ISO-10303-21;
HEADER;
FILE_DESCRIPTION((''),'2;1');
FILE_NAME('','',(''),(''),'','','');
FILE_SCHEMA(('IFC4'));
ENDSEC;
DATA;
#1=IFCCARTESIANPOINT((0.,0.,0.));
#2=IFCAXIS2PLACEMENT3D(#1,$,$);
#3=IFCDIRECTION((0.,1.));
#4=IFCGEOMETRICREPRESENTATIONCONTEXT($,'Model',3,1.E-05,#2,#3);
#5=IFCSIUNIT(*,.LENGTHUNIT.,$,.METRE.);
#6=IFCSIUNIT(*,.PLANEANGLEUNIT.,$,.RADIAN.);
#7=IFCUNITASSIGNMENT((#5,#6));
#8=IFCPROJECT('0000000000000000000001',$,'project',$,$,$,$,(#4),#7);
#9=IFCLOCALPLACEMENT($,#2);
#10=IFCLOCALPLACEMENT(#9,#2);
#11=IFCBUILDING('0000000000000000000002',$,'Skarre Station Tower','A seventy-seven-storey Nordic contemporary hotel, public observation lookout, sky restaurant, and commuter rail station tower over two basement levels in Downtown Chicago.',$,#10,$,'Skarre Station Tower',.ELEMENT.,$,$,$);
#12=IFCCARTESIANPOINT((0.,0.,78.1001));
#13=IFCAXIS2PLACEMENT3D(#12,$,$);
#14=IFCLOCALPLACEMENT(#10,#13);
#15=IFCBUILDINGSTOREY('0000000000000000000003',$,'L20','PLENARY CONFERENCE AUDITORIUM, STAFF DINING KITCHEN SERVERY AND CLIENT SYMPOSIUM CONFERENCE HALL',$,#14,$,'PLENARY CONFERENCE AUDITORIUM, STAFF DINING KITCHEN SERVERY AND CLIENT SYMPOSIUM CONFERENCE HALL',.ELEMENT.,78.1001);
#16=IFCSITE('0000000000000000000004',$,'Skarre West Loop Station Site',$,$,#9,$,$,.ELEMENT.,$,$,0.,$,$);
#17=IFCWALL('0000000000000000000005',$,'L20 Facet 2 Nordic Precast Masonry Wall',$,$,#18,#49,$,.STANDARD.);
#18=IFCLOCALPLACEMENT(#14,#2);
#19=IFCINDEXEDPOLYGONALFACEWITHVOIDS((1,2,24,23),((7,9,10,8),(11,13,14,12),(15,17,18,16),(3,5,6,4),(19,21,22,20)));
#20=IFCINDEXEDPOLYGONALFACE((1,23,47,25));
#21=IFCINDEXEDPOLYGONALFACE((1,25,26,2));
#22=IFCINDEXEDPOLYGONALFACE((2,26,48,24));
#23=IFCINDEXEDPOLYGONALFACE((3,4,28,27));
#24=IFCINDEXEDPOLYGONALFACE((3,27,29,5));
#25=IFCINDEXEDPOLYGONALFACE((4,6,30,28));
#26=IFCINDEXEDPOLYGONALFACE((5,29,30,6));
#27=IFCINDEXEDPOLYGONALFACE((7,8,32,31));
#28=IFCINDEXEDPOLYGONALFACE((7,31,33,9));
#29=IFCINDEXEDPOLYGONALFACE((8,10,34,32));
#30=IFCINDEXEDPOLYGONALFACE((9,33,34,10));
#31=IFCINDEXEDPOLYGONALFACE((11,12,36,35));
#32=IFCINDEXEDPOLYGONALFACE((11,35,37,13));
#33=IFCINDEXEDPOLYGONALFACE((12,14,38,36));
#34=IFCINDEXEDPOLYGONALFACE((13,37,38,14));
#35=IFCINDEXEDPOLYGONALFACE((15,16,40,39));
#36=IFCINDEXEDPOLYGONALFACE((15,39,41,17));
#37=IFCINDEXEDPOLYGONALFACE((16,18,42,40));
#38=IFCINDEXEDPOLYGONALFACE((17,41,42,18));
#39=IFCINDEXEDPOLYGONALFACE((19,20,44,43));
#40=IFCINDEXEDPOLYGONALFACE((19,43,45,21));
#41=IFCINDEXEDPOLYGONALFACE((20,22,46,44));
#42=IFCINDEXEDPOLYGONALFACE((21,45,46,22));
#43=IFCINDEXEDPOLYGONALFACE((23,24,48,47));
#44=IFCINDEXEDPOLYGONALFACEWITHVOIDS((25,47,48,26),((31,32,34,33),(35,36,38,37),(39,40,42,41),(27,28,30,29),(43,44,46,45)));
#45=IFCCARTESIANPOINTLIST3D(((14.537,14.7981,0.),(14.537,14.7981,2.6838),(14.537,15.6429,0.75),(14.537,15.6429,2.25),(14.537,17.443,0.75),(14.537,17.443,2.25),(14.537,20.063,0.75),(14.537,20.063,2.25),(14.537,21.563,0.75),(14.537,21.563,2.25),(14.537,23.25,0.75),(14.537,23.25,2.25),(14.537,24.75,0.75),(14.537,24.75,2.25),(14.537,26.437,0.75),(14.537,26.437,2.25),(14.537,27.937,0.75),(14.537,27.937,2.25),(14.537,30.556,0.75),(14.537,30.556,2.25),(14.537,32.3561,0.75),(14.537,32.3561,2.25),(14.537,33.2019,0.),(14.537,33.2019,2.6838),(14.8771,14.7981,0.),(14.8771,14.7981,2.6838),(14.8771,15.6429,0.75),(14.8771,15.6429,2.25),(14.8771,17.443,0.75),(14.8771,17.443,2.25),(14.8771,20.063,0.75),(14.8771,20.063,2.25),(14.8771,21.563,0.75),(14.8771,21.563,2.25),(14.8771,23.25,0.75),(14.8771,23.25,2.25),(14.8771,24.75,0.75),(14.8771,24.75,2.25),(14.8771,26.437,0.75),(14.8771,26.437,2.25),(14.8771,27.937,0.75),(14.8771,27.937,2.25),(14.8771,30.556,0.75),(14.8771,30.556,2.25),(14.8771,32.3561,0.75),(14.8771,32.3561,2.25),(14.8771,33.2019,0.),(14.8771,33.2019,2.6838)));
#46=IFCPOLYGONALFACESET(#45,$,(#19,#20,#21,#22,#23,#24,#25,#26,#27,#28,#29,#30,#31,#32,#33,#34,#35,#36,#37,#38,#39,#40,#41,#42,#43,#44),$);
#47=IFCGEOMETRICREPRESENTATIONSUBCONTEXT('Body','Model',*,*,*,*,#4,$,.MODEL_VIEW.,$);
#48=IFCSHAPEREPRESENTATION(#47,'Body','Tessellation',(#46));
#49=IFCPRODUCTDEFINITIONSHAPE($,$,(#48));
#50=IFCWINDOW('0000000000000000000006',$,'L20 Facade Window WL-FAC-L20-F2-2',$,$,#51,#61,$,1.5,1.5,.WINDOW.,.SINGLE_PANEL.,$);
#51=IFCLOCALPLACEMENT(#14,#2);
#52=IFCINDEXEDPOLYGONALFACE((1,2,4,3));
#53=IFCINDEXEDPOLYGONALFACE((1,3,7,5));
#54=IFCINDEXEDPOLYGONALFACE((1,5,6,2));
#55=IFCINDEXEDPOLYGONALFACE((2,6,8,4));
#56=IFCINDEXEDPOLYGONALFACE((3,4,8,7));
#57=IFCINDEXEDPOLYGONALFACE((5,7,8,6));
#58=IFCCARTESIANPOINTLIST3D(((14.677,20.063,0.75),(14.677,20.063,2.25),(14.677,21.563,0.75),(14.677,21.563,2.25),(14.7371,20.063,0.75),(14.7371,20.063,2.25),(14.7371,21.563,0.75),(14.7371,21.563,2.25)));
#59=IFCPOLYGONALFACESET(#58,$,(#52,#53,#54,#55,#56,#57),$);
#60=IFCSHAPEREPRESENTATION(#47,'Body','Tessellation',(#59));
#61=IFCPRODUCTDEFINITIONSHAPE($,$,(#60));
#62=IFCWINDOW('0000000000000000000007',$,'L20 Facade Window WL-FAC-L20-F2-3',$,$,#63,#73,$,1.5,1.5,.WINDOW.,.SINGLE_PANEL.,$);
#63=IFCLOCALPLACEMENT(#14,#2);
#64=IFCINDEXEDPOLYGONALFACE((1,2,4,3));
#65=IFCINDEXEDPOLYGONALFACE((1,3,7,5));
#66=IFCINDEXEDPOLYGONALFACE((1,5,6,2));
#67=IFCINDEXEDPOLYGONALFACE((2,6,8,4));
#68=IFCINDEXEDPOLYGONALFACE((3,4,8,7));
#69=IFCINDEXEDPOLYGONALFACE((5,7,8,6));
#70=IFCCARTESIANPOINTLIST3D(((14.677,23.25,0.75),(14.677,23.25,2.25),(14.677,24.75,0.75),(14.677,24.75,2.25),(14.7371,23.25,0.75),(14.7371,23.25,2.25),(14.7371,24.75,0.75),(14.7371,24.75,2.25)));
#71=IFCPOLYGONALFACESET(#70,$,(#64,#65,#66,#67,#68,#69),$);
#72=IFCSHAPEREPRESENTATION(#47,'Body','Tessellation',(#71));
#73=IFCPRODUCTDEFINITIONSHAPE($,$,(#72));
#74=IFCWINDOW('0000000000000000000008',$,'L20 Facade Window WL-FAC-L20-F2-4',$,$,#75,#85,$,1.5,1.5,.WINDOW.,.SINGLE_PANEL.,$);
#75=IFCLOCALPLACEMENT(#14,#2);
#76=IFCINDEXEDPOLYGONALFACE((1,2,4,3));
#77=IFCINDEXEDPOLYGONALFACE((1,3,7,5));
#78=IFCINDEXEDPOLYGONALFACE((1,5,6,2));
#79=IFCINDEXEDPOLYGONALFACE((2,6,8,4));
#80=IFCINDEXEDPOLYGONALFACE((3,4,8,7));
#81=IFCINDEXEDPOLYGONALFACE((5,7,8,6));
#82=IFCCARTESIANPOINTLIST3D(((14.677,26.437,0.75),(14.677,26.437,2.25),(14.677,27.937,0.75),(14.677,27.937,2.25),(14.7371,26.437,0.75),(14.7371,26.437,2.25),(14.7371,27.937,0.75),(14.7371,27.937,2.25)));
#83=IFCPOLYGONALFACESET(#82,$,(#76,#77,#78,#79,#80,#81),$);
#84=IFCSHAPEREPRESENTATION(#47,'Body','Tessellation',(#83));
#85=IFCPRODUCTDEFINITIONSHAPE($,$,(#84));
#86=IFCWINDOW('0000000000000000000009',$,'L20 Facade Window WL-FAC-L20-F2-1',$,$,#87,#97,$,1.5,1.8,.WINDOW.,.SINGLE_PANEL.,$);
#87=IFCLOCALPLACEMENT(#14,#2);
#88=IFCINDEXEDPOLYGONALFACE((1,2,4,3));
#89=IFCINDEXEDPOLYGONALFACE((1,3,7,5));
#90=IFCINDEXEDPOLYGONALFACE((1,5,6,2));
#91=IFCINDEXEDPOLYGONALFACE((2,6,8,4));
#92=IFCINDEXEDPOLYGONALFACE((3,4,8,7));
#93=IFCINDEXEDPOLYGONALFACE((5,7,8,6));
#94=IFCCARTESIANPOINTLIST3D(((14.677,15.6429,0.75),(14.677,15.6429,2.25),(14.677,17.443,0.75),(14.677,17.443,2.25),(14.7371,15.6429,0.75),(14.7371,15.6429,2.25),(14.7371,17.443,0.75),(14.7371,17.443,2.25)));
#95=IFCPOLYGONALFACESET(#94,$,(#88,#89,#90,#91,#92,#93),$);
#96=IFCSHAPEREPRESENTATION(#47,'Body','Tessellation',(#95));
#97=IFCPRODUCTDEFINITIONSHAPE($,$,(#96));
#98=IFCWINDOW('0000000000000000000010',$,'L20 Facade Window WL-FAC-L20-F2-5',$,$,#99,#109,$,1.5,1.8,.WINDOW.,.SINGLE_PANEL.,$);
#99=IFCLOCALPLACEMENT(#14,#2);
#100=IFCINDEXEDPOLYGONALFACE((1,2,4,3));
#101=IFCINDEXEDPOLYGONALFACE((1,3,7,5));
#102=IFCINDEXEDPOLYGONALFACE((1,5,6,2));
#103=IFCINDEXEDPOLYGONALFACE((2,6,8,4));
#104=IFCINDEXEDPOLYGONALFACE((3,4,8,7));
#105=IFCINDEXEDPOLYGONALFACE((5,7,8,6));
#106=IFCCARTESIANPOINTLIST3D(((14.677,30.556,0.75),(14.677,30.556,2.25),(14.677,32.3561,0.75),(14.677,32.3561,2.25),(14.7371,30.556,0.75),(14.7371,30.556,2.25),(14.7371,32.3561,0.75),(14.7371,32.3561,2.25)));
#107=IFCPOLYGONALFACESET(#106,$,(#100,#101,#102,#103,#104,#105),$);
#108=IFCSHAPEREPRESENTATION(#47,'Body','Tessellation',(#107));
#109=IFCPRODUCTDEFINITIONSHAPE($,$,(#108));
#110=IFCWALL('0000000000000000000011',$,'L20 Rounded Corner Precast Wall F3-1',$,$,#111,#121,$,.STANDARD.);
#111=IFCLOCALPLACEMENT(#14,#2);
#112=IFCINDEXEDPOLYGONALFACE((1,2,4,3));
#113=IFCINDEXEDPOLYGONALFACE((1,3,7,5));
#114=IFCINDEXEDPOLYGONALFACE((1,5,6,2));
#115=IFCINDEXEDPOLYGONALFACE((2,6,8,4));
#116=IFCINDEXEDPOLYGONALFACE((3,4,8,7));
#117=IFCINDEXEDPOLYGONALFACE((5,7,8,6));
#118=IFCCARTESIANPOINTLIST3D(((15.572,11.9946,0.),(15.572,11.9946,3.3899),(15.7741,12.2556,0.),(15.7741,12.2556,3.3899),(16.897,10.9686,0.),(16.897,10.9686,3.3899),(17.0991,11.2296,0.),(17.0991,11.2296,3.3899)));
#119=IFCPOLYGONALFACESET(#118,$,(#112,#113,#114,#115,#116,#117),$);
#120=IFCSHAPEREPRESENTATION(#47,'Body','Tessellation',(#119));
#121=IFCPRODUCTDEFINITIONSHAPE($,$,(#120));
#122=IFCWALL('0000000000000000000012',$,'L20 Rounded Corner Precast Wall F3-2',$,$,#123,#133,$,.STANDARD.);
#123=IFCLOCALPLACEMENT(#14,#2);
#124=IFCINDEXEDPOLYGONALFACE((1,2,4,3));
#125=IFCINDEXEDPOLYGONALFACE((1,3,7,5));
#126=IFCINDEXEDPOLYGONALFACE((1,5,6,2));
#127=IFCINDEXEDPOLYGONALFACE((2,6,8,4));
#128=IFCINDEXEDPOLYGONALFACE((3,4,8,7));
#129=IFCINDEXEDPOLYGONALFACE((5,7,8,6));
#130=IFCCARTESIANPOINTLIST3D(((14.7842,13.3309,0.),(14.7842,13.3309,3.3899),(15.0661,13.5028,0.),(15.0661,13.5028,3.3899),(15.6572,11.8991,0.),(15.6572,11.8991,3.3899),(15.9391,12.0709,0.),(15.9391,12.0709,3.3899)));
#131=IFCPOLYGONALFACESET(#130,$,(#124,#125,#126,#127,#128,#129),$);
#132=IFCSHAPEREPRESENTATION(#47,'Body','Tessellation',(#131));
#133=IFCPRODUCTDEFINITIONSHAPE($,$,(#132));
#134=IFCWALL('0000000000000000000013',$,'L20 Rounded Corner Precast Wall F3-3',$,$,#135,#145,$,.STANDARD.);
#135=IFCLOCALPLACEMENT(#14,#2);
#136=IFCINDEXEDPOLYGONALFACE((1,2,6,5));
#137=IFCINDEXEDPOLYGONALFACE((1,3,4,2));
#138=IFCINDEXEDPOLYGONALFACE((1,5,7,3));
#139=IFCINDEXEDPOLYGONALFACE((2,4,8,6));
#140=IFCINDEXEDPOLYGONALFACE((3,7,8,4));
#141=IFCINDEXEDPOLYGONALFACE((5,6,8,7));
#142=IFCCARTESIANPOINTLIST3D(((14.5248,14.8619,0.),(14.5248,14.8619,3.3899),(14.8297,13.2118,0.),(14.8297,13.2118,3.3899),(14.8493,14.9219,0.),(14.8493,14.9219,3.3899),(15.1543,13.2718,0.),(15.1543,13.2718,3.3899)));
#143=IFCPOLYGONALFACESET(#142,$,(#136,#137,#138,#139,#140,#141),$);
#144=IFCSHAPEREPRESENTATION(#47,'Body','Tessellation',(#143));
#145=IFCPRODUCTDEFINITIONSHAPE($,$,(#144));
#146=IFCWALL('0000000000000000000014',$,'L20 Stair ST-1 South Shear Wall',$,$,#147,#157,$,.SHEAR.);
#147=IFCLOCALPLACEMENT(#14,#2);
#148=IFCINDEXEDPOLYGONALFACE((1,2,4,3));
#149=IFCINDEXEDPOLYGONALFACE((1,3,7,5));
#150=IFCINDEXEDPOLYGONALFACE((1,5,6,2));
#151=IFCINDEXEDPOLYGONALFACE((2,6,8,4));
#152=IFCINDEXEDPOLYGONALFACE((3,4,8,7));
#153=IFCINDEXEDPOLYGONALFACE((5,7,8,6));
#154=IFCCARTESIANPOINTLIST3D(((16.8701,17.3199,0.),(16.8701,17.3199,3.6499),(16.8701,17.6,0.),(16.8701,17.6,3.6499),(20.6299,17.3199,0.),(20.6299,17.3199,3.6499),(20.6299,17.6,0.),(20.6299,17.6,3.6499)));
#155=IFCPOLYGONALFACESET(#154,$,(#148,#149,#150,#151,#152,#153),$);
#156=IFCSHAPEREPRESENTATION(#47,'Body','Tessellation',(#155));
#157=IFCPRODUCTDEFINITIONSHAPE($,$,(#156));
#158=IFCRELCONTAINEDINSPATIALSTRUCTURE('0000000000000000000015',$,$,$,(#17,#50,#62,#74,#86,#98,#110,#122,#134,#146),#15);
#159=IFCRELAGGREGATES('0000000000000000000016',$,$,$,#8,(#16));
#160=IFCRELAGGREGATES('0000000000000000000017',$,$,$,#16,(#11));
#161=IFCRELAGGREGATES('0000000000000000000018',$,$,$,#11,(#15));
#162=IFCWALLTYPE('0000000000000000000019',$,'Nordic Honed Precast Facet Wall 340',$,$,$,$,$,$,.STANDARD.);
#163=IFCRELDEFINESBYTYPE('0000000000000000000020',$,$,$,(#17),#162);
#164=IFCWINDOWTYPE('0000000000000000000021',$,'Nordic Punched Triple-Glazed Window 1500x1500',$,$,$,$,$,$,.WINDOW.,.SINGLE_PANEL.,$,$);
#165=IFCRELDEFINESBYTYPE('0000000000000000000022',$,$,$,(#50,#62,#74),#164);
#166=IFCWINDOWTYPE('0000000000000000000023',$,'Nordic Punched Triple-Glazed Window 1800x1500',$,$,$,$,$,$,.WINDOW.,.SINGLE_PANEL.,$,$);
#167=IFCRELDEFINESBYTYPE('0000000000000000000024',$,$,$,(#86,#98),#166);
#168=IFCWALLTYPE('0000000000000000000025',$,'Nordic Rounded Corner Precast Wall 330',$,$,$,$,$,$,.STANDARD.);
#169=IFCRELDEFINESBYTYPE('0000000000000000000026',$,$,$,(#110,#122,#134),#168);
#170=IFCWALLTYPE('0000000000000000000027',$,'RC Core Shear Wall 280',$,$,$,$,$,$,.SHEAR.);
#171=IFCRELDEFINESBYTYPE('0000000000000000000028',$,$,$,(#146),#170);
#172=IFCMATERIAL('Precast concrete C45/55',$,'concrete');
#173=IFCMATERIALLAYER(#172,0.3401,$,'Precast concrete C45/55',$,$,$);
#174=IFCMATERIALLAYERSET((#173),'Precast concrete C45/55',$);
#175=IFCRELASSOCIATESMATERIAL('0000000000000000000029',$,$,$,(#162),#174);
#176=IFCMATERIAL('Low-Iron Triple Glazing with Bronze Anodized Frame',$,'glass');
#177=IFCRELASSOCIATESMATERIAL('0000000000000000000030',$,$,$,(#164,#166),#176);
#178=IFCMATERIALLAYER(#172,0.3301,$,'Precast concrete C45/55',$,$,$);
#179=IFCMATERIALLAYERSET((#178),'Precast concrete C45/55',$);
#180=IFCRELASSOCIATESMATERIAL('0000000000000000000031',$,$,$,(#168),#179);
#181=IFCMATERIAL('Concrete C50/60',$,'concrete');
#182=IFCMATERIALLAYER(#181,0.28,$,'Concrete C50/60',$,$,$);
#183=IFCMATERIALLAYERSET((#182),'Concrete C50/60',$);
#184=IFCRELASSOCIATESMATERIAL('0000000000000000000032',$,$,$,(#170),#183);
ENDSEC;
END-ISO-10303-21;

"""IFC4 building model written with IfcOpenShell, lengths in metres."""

from ifc_helpers import new_model, si_unit, direction, frame, frame_2d, origin, place, context, subcontext, project, spatial, rectangle, extrude, material, layer, layer_set, type_object, element, fill, save


model = new_model("IFC4")

# Units and contexts
model_context = context("Model", 3, precision=1e-05, world=origin(), true_north=direction((0.0, 1.0)))
body_context = subcontext(model_context, "Body", "Model", "MODEL_VIEW")
ifc_project = project(units=[si_unit("LENGTHUNIT", "METRE"), si_unit("PLANEANGLEUNIT", "RADIAN")], contexts=[model_context])

# Site, building, storey
site_placement = place(None, origin())
site = spatial("IfcSite", under=ifc_project, at=site_placement, Name="Skarre West Loop Station Site", CompositionType="ELEMENT", RefElevation=0.0)
building_placement = place(site_placement, origin())
building = spatial("IfcBuilding", under=site, at=building_placement, Name="Skarre Station Tower", Description="A seventy-seven-storey Nordic contemporary hotel, public observation lookout, sky restaurant, and commuter rail station tower over two basement levels in Downtown Chicago.", LongName="Skarre Station Tower", CompositionType="ELEMENT")
storey_placement = place(building_placement, frame((0.0, 0.0, 78.1001)))
storey = spatial("IfcBuildingStorey", under=building, at=storey_placement, Name="L20", Description="PLENARY CONFERENCE AUDITORIUM, STAFF DINING KITCHEN SERVERY AND CLIENT SYMPOSIUM CONFERENCE HALL", LongName="PLENARY CONFERENCE AUDITORIUM, STAFF DINING KITCHEN SERVERY AND CLIENT SYMPOSIUM CONFERENCE HALL", CompositionType="ELEMENT", Elevation=78.1001)

# Shared definitions
ifc_material_1 = material(Name="Concrete C50/60", Category="concrete")

# Wall, openings, windows
ifc_material_2 = material(Name="Precast concrete C45/55", Category="concrete")
ifc_layer_1 = layer(ifc_material_2, 0.3401, Name="Precast concrete C45/55")
ifc_layer_set_1 = layer_set([ifc_layer_1], Name="Precast concrete C45/55")
wall_type_1 = type_object("IfcWallType", Name="Nordic Honed Precast Facet Wall 340", PredefinedType="STANDARD", material=ifc_layer_set_1)
wall_1_placement = place(storey_placement, frame((14.707, 14.7981, 0.0), z_axis=(0.0, 0.0, 1.0), x_axis=(0.0, 1.0, 0.0)))
wall_1 = element("IfcWall", 1, at=wall_1_placement, inside=storey, type_object=wall_type_1, Name="L20 Facet 2 Nordic Precast Masonry Wall", PredefinedType="STANDARD", context=body_context, shape_type="SweptSolid", body=[
    extrude(rectangle(XDim=18.4038, YDim=0.3401, at=frame_2d((9.2019, 0.0))), origin(), (0.0, 0.0, 1.0), 2.6838),
])
opening_1_placement = place(wall_1_placement, frame((0.845, 0.0, 0.75)))
opening_1 = element("IfcOpeningElement", 2, at=opening_1_placement, cuts=wall_1, PredefinedType="OPENING", context=body_context, shape_type="SweptSolid", body=[
    extrude(rectangle(XDim=1.8, YDim=1.5, at=frame_2d((0.8999, 0.75))), frame((0.0, 0.1799, 0.0), z_axis=(0.0, -1.0, 0.0), x_axis=(1.0, 0.0, 0.0)), (0.0, 0.0, 1.0), 0.3601),
])
opening_2_placement = place(wall_1_placement, frame((5.2649, 0.0, 0.75)))
opening_2 = element("IfcOpeningElement", 3, at=opening_2_placement, cuts=wall_1, PredefinedType="OPENING", context=body_context, shape_type="SweptSolid", body=[
    extrude(rectangle(XDim=1.5, YDim=1.5, at=frame_2d((0.75, 0.75))), frame((0.0, 0.1799, 0.0), z_axis=(0.0, -1.0, 0.0), x_axis=(1.0, 0.0, 0.0)), (0.0, 0.0, 1.0), 0.3601),
])
opening_3_placement = place(wall_1_placement, frame((8.4519, 0.0, 0.75)))
opening_3 = element("IfcOpeningElement", 4, at=opening_3_placement, cuts=wall_1, PredefinedType="OPENING", context=body_context, shape_type="SweptSolid", body=[
    extrude(rectangle(XDim=1.5, YDim=1.5, at=frame_2d((0.75, 0.75))), frame((0.0, 0.1799, 0.0), z_axis=(0.0, -1.0, 0.0), x_axis=(1.0, 0.0, 0.0)), (0.0, 0.0, 1.0), 0.3601),
])
opening_4_placement = place(wall_1_placement, frame((11.6389, 0.0, 0.75)))
opening_4 = element("IfcOpeningElement", 5, at=opening_4_placement, cuts=wall_1, PredefinedType="OPENING", context=body_context, shape_type="SweptSolid", body=[
    extrude(rectangle(XDim=1.5, YDim=1.5, at=frame_2d((0.75, 0.75))), frame((0.0, 0.1799, 0.0), z_axis=(0.0, -1.0, 0.0), x_axis=(1.0, 0.0, 0.0)), (0.0, 0.0, 1.0), 0.3601),
])
opening_5_placement = place(wall_1_placement, frame((15.7581, 0.0, 0.75)))
opening_5 = element("IfcOpeningElement", 6, at=opening_5_placement, cuts=wall_1, PredefinedType="OPENING", context=body_context, shape_type="SweptSolid", body=[
    extrude(rectangle(XDim=1.8, YDim=1.5, at=frame_2d((0.8999, 0.75))), frame((0.0, 0.1799, 0.0), z_axis=(0.0, -1.0, 0.0), x_axis=(1.0, 0.0, 0.0)), (0.0, 0.0, 1.0), 0.3601),
])
ifc_material_3 = material(Name="Low-Iron Triple Glazing with Bronze Anodized Frame", Category="glass")
window_type_1 = type_object("IfcWindowType", Name="Nordic Punched Triple-Glazed Window 1500x1500", PartitioningType="SINGLE_PANEL", PredefinedType="WINDOW", material=ifc_material_3)
window_1_placement = place(opening_2_placement, origin())
window_1 = element("IfcWindow", 7, at=window_1_placement, inside=storey, type_object=window_type_1, Name="L20 Facade Window WL-FAC-L20-F2-2", OverallHeight=1.5, OverallWidth=1.5, PartitioningType="SINGLE_PANEL", PredefinedType="WINDOW", context=body_context, shape_type="SweptSolid", body=[
    extrude(rectangle(XDim=1.5, YDim=1.5, at=frame_2d((0.75, 0.75))), frame((0.0, 0.03, 0.0), z_axis=(0.0, -1.0, 0.0), x_axis=(1.0, 0.0, 0.0)), (0.0, 0.0, 1.0), 0.0601),
])
fill(opening_2, window_1)
window_2_placement = place(opening_3_placement, origin())
window_2 = element("IfcWindow", 8, at=window_2_placement, inside=storey, type_object=window_type_1, Name="L20 Facade Window WL-FAC-L20-F2-3", OverallHeight=1.5, OverallWidth=1.5, PartitioningType="SINGLE_PANEL", PredefinedType="WINDOW", context=body_context, shape_type="SweptSolid", body=[
    extrude(rectangle(XDim=1.5, YDim=1.5, at=frame_2d((0.75, 0.75))), frame((0.0, 0.03, 0.0), z_axis=(0.0, -1.0, 0.0), x_axis=(1.0, 0.0, 0.0)), (0.0, 0.0, 1.0), 0.0601),
])
fill(opening_3, window_2)
window_3_placement = place(opening_4_placement, origin())
window_3 = element("IfcWindow", 9, at=window_3_placement, inside=storey, type_object=window_type_1, Name="L20 Facade Window WL-FAC-L20-F2-4", OverallHeight=1.5, OverallWidth=1.5, PartitioningType="SINGLE_PANEL", PredefinedType="WINDOW", context=body_context, shape_type="SweptSolid", body=[
    extrude(rectangle(XDim=1.5, YDim=1.5, at=frame_2d((0.75, 0.75))), frame((0.0, 0.03, 0.0), z_axis=(0.0, -1.0, 0.0), x_axis=(1.0, 0.0, 0.0)), (0.0, 0.0, 1.0), 0.0601),
])
fill(opening_4, window_3)
window_type_2 = type_object("IfcWindowType", Name="Nordic Punched Triple-Glazed Window 1800x1500", PartitioningType="SINGLE_PANEL", PredefinedType="WINDOW", material=ifc_material_3)
window_4_placement = place(opening_1_placement, origin())
window_4 = element("IfcWindow", 10, at=window_4_placement, inside=storey, type_object=window_type_2, Name="L20 Facade Window WL-FAC-L20-F2-1", OverallHeight=1.5, OverallWidth=1.8, PartitioningType="SINGLE_PANEL", PredefinedType="WINDOW", context=body_context, shape_type="SweptSolid", body=[
    extrude(rectangle(XDim=1.8, YDim=1.5, at=frame_2d((0.8999, 0.75))), frame((0.0, 0.03, 0.0), z_axis=(0.0, -1.0, 0.0), x_axis=(1.0, 0.0, 0.0)), (0.0, 0.0, 1.0), 0.0601),
])
fill(opening_1, window_4)
window_5_placement = place(opening_5_placement, origin())
window_5 = element("IfcWindow", 11, at=window_5_placement, inside=storey, type_object=window_type_2, Name="L20 Facade Window WL-FAC-L20-F2-5", OverallHeight=1.5, OverallWidth=1.8, PartitioningType="SINGLE_PANEL", PredefinedType="WINDOW", context=body_context, shape_type="SweptSolid", body=[
    extrude(rectangle(XDim=1.8, YDim=1.5, at=frame_2d((0.8999, 0.75))), frame((0.0, 0.03, 0.0), z_axis=(0.0, -1.0, 0.0), x_axis=(1.0, 0.0, 0.0)), (0.0, 0.0, 1.0), 0.0601),
])
fill(opening_5, window_5)

# Walls
ifc_layer_2 = layer(ifc_material_2, 0.3301, Name="Precast concrete C45/55")
ifc_layer_set_2 = layer_set([ifc_layer_2], Name="Precast concrete C45/55")
wall_type_2 = type_object("IfcWallType", Name="Nordic Rounded Corner Precast Wall 330", PredefinedType="STANDARD", material=ifc_layer_set_2)
wall_2_placement = place(storey_placement, frame((16.998, 11.0991, 0.0), z_axis=(0.0, 0.0, 1.0), x_axis=(-0.790692, 0.612214, 0.0)))
element("IfcWall", 12, at=wall_2_placement, inside=storey, type_object=wall_type_2, Name="L20 Rounded Corner Precast Wall F3-1", PredefinedType="STANDARD", context=body_context, shape_type="SweptSolid", body=[
    extrude(rectangle(XDim=1.6758, YDim=0.3301, at=frame_2d((0.8379, 0.0))), origin(), (0.0, 0.0, 1.0), 3.3899),
])
wall_3_placement = place(storey_placement, frame((15.7981, 11.9851, 0.0), z_axis=(0.0, 0.0, 1.0), x_axis=(-0.520584, 0.85381, 0.0)))
element("IfcWall", 13, at=wall_3_placement, inside=storey, type_object=wall_type_2, Name="L20 Rounded Corner Precast Wall F3-2", PredefinedType="STANDARD", context=body_context, shape_type="SweptSolid", body=[
    extrude(rectangle(XDim=1.677, YDim=0.3301, at=frame_2d((0.8384, 0.0))), origin(), (0.0, 0.0, 1.0), 3.3899),
])
wall_4_placement = place(storey_placement, frame((14.9919, 13.2419, 0.0), z_axis=(0.0, 0.0, 1.0), x_axis=(-0.181714, 0.983351, 0.0)))
element("IfcWall", 14, at=wall_4_placement, inside=storey, type_object=wall_type_2, Name="L20 Rounded Corner Precast Wall F3-3", PredefinedType="STANDARD", context=body_context, shape_type="SweptSolid", body=[
    extrude(rectangle(XDim=1.678, YDim=0.3301, at=frame_2d((0.8389, 0.0))), origin(), (0.0, 0.0, 1.0), 3.3899),
])
ifc_layer_3 = layer(ifc_material_1, 0.28, Name="Concrete C50/60")
ifc_layer_set_3 = layer_set([ifc_layer_3], Name="Concrete C50/60")
wall_type_3 = type_object("IfcWallType", Name="RC Core Shear Wall 280", PredefinedType="SHEAR", material=ifc_layer_set_3)
wall_5_placement = place(storey_placement, frame((16.8701, 17.46, 0.0), z_axis=(0.0, 0.0, 1.0), x_axis=(1.0, 0.0, 0.0)))
element("IfcWall", 15, at=wall_5_placement, inside=storey, type_object=wall_type_3, Name="L20 Stair ST-1 South Shear Wall", PredefinedType="SHEAR", context=body_context, shape_type="SweptSolid", body=[
    extrude(rectangle(XDim=3.7598, YDim=0.28, at=frame_2d((1.8799, 0.0))), origin(), (0.0, 0.0, 1.0), 3.6499),
])

save(model, "model.ifc")
